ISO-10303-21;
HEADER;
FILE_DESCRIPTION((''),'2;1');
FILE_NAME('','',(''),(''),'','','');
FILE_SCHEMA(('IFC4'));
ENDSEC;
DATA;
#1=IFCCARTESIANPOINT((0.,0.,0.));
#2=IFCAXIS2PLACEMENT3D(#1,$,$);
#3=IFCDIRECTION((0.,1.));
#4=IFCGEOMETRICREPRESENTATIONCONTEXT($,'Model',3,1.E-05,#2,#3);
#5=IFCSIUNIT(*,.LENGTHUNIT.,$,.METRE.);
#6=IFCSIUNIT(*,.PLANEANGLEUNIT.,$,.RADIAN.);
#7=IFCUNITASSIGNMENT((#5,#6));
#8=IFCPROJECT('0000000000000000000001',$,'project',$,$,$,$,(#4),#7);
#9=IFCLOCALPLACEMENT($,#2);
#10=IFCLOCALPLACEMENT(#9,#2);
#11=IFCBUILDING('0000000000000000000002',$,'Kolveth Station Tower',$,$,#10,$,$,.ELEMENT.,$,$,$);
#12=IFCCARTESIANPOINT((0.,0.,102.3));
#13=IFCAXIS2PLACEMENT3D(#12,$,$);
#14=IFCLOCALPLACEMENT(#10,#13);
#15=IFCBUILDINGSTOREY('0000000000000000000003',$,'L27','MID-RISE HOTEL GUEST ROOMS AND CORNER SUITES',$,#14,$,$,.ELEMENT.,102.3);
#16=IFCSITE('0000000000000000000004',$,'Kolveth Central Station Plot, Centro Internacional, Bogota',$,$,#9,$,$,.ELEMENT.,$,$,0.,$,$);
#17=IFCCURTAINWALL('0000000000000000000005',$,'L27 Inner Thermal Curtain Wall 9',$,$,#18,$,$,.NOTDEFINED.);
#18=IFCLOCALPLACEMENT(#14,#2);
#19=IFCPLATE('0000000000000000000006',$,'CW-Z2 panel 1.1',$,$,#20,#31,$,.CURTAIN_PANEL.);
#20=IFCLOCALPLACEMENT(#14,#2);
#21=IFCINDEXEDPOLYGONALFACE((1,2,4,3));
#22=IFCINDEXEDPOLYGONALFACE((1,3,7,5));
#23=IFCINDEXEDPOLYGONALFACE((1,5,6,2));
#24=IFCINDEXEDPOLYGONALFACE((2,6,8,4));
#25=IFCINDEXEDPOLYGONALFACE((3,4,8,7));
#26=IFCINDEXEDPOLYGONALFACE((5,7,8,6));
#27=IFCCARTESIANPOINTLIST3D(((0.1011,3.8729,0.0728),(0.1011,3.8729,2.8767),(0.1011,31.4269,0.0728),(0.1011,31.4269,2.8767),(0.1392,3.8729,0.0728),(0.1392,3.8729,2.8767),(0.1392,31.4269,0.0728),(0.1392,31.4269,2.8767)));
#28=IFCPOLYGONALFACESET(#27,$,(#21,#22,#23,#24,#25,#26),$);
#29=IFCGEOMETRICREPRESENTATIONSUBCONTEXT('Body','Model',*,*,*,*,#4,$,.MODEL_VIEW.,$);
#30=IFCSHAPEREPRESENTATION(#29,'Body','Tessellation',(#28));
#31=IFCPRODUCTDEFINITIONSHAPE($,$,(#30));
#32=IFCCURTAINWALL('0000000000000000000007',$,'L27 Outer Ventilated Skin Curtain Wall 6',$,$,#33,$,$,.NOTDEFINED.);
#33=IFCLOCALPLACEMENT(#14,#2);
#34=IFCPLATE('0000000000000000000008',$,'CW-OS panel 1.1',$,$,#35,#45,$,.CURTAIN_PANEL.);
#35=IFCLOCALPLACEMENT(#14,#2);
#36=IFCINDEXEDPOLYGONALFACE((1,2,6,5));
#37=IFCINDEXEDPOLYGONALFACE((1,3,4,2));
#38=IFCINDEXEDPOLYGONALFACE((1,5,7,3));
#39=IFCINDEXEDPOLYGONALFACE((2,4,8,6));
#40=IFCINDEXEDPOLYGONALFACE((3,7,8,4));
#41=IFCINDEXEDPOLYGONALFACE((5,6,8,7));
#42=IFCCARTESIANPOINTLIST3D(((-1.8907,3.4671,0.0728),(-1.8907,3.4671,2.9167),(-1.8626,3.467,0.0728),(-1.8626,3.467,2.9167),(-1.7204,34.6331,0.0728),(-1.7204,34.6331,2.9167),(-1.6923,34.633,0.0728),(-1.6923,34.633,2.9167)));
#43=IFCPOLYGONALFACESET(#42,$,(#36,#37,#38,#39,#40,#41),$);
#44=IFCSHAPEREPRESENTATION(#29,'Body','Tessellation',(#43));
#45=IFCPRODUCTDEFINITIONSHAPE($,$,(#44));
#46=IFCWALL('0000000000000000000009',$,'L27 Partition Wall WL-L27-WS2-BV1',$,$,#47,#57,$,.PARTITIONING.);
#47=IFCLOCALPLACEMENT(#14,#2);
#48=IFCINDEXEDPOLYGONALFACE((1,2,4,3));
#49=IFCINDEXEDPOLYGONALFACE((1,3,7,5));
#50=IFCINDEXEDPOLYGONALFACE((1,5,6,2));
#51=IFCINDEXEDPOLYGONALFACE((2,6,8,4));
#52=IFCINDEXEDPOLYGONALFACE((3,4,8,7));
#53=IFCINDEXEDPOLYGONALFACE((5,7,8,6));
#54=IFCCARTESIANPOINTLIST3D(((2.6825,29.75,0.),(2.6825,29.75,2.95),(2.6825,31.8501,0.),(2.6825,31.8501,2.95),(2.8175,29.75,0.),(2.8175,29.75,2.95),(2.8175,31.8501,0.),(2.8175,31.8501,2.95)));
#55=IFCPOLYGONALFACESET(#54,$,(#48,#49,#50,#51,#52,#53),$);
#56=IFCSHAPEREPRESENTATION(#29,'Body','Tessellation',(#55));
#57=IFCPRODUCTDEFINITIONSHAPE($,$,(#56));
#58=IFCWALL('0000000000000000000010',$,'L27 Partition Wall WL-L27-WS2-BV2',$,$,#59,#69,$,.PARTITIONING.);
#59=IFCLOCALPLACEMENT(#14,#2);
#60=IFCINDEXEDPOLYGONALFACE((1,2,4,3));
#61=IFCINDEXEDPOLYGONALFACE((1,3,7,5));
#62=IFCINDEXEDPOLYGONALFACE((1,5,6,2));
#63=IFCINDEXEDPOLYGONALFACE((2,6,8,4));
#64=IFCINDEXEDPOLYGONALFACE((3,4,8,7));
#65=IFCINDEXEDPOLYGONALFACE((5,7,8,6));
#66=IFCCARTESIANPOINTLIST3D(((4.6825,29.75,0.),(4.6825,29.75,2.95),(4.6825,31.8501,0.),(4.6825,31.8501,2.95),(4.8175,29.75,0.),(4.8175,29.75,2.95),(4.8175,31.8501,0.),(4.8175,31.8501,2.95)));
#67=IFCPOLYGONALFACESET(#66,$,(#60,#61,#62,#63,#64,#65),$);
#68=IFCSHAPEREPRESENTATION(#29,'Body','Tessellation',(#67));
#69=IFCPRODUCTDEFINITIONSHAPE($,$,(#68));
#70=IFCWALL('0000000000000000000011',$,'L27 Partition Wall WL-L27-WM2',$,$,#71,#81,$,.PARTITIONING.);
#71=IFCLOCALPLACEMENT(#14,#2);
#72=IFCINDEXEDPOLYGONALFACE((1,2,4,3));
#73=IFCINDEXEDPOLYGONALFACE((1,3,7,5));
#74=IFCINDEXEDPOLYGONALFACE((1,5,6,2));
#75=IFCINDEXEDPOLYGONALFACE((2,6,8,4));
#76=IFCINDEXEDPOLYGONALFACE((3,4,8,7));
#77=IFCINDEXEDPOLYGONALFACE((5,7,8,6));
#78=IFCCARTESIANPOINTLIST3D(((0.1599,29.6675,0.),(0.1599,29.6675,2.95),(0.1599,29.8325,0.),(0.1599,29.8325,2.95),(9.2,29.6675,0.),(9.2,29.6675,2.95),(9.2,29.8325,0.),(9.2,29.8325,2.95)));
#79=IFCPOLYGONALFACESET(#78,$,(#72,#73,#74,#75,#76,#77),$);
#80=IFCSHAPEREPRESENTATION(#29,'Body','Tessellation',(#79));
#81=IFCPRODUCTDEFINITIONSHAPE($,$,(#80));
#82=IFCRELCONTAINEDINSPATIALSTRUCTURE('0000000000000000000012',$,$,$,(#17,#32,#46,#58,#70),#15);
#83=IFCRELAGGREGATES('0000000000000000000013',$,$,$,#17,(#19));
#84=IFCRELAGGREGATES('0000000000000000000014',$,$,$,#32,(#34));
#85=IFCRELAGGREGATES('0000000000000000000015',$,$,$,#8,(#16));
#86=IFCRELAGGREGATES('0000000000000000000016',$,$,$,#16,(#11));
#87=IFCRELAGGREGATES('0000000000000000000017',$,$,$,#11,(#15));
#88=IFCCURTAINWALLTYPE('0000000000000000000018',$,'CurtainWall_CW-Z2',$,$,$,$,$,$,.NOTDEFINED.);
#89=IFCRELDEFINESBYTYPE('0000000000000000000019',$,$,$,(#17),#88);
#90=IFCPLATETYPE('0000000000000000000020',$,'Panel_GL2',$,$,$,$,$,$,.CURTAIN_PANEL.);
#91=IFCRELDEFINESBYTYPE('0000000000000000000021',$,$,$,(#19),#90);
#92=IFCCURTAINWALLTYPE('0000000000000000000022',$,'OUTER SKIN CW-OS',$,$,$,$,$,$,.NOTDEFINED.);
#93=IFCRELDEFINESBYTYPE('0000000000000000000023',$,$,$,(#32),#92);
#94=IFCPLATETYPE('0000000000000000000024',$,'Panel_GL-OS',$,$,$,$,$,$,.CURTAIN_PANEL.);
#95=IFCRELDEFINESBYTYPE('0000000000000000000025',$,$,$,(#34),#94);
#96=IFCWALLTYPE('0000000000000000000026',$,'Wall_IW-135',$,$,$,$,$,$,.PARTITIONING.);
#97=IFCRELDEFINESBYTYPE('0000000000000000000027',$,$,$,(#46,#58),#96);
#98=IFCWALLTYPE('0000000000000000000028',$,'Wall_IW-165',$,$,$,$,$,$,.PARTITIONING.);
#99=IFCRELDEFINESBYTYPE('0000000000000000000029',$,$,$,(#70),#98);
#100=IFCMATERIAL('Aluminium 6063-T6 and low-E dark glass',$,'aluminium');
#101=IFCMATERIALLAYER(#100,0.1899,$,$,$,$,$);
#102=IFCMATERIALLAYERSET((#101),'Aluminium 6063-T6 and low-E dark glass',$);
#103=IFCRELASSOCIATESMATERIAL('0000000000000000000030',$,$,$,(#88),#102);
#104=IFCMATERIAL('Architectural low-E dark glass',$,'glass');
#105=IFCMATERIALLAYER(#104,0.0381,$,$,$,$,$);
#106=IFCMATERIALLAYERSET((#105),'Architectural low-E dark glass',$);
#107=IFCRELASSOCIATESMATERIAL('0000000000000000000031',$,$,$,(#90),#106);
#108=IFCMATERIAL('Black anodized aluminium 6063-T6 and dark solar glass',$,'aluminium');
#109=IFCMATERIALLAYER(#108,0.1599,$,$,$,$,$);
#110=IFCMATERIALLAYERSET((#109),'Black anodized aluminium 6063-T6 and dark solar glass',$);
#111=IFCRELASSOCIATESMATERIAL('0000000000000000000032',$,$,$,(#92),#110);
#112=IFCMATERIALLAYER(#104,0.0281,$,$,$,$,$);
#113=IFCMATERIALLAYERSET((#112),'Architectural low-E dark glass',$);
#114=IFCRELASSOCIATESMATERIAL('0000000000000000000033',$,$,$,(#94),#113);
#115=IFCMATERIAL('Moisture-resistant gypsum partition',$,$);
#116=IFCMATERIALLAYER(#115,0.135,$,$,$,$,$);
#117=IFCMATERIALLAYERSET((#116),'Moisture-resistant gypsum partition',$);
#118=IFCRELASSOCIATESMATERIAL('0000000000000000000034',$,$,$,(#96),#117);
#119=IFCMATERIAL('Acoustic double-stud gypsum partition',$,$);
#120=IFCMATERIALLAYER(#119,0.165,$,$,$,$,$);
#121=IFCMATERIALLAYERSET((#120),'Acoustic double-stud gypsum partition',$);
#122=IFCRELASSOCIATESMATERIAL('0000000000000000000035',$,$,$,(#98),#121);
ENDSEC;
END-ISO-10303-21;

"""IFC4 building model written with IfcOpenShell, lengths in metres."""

from ifc_helpers import new_model, si_unit, direction, frame, frame_2d, origin, origin_2d, place, context, subcontext, project, spatial, rectangle, extrude, source, transform, mapped, material, layer, layer_set, type_object, element, aggregate, save


model = new_model("IFC4")

# Units and contexts
model_context = context("Model", 3, precision=1e-05, world=origin(), true_north=direction((0.0, 1.0)))
body_context = subcontext(model_context, "Body", "Model", "MODEL_VIEW")
ifc_project = project(units=[si_unit("LENGTHUNIT", "METRE"), si_unit("PLANEANGLEUNIT", "RADIAN")], contexts=[model_context])

# Site, building, storey
site_placement = place(None, origin())
site = spatial("IfcSite", under=ifc_project, at=site_placement, Name="Kolveth Central Station Plot, Centro Internacional, Bogota", CompositionType="ELEMENT", RefElevation=0.0)
building_placement = place(site_placement, origin())
building = spatial("IfcBuilding", under=site, at=building_placement, Name="Kolveth Station Tower", CompositionType="ELEMENT")
storey_placement = place(building_placement, frame((0.0, 0.0, 102.3)))
storey = spatial("IfcBuildingStorey", under=building, at=storey_placement, Name="L27", Description="MID-RISE HOTEL GUEST ROOMS AND CORNER SUITES", CompositionType="ELEMENT", Elevation=102.3)

# Shared definitions
ifc_material_1 = material(Name="Aluminium 6063-T6 and low-E dark glass", Category="aluminium")
ifc_layer_1 = layer(ifc_material_1, 0.1899)
ifc_layer_set_1 = layer_set([ifc_layer_1], Name="Aluminium 6063-T6 and low-E dark glass")
curtain_wall_type_1 = type_object("IfcCurtainWallType", Name="CurtainWall_CW-Z2", PredefinedType="NOTDEFINED", material=ifc_layer_set_1)

# Curtain wall, plate
curtain_wall_1_placement = place(storey_placement, origin())
curtain_wall_1 = element("IfcCurtainWall", 1, at=curtain_wall_1_placement, inside=storey, type_object=curtain_wall_type_1, Name="L27 Inner Thermal Curtain Wall 9", PredefinedType="NOTDEFINED")
ifc_material_2 = material(Name="Architectural low-E dark glass", Category="glass")
ifc_layer_2 = layer(ifc_material_2, 0.0381)
ifc_layer_set_2 = layer_set([ifc_layer_2], Name="Architectural low-E dark glass")
plate_type_1 = type_object("IfcPlateType", Name="Panel_GL2", PredefinedType="CURTAIN_PANEL", material=ifc_layer_set_2)
shared_shape_1 = source(origin(), body_context, "Body", "SweptSolid", [
    extrude(rectangle(XDim=27.554, YDim=0.0381, at=origin_2d()), origin(), (0.0, 0.0, 1.0), 2.804),
])
plate_1_placement = place(storey_placement, frame((0.1201, 17.6499, 0.0728), z_axis=(0.0, 0.0, 1.0), x_axis=(0.0, -1.0, 0.0)))
plate_1 = element("IfcPlate", 2, at=plate_1_placement, type_object=plate_type_1, Name="CW-Z2 panel 1.1", PredefinedType="CURTAIN_PANEL", context=body_context, shape_type="MappedRepresentation", body=[
    mapped(shared_shape_1, transform((0.0, 0.0, 0.0), x_axis=(1.0, 0.0, 0.0), y_axis=(0.0, 1.0, 0.0), z_axis=(0.0, 0.0, 1.0), scale=1.0)),
])
aggregate(curtain_wall_1, [plate_1])

# Curtain wall, plate
ifc_material_3 = material(Name="Black anodized aluminium 6063-T6 and dark solar glass", Category="aluminium")
ifc_layer_3 = layer(ifc_material_3, 0.1599)
ifc_layer_set_3 = layer_set([ifc_layer_3], Name="Black anodized aluminium 6063-T6 and dark solar glass")
curtain_wall_type_2 = type_object("IfcCurtainWallType", Name="OUTER SKIN CW-OS", PredefinedType="NOTDEFINED", material=ifc_layer_set_3)
curtain_wall_2_placement = place(storey_placement, origin())
curtain_wall_2 = element("IfcCurtainWall", 3, at=curtain_wall_2_placement, inside=storey, type_object=curtain_wall_type_2, Name="L27 Outer Ventilated Skin Curtain Wall 6", PredefinedType="NOTDEFINED")
ifc_layer_4 = layer(ifc_material_2, 0.0281)
ifc_layer_set_4 = layer_set([ifc_layer_4], Name="Architectural low-E dark glass")
plate_type_2 = type_object("IfcPlateType", Name="Panel_GL-OS", PredefinedType="CURTAIN_PANEL", material=ifc_layer_set_4)
shared_shape_2 = source(origin(), body_context, "Body", "SweptSolid", [
    extrude(rectangle(XDim=31.1665, YDim=0.0281, at=origin_2d()), origin(), (0.0, 0.0, 1.0), 2.844),
])
plate_2_placement = place(storey_placement, frame((-1.7915, 19.05, 0.0728), z_axis=(0.0, 0.0, 1.0), x_axis=(-0.005464, -0.999985, 0.0)))
plate_2 = element("IfcPlate", 4, at=plate_2_placement, type_object=plate_type_2, Name="CW-OS panel 1.1", PredefinedType="CURTAIN_PANEL", context=body_context, shape_type="MappedRepresentation", body=[
    mapped(shared_shape_2, transform((0.0, 0.0, 0.0), x_axis=(1.0, 0.0, 0.0), y_axis=(0.0, 1.0, 0.0), z_axis=(0.0, 0.0, 1.0), scale=1.0)),
])
aggregate(curtain_wall_2, [plate_2])

# Walls
ifc_material_4 = material(Name="Moisture-resistant gypsum partition")
ifc_layer_5 = layer(ifc_material_4, 0.135)
ifc_layer_set_5 = layer_set([ifc_layer_5], Name="Moisture-resistant gypsum partition")
wall_type_1 = type_object("IfcWallType", Name="Wall_IW-135", PredefinedType="PARTITIONING", material=ifc_layer_set_5)
for number, where, z_axis, x_axis, name in (
    (5, (2.75, 29.75, 0.0), (0.0, 0.0, 1.0), (0.0, 1.0, 0.0), "L27 Partition Wall WL-L27-WS2-BV1"),
    (6, (4.75, 29.75, 0.0), (0.0, 0.0, 1.0), (0.0, 1.0, 0.0), "L27 Partition Wall WL-L27-WS2-BV2"),
):
    element("IfcWall", number, at=place(storey_placement, frame(where, z_axis=z_axis, x_axis=x_axis)), inside=storey, type_object=wall_type_1, Name=name, PredefinedType="PARTITIONING", context=body_context, shape_type="SweptSolid", body=[
        extrude(rectangle(XDim=2.1001, YDim=0.135, at=frame_2d((1.05, 0.0))), origin(), (0.0, 0.0, 1.0), 2.95),
    ])
ifc_material_5 = material(Name="Acoustic double-stud gypsum partition")
ifc_layer_6 = layer(ifc_material_5, 0.165)
ifc_layer_set_6 = layer_set([ifc_layer_6], Name="Acoustic double-stud gypsum partition")
wall_type_2 = type_object("IfcWallType", Name="Wall_IW-165", PredefinedType="PARTITIONING", material=ifc_layer_set_6)
wall_placement = place(storey_placement, frame((0.1599, 29.75, 0.0), z_axis=(0.0, 0.0, 1.0), x_axis=(1.0, 0.0, 0.0)))
element("IfcWall", 7, at=wall_placement, inside=storey, type_object=wall_type_2, Name="L27 Partition Wall WL-L27-WM2", PredefinedType="PARTITIONING", context=body_context, shape_type="SweptSolid", body=[
    extrude(rectangle(XDim=9.04, YDim=0.165, at=frame_2d((4.52, 0.0))), origin(), (0.0, 0.0, 1.0), 2.95),
])

save(model, "model.ifc")
